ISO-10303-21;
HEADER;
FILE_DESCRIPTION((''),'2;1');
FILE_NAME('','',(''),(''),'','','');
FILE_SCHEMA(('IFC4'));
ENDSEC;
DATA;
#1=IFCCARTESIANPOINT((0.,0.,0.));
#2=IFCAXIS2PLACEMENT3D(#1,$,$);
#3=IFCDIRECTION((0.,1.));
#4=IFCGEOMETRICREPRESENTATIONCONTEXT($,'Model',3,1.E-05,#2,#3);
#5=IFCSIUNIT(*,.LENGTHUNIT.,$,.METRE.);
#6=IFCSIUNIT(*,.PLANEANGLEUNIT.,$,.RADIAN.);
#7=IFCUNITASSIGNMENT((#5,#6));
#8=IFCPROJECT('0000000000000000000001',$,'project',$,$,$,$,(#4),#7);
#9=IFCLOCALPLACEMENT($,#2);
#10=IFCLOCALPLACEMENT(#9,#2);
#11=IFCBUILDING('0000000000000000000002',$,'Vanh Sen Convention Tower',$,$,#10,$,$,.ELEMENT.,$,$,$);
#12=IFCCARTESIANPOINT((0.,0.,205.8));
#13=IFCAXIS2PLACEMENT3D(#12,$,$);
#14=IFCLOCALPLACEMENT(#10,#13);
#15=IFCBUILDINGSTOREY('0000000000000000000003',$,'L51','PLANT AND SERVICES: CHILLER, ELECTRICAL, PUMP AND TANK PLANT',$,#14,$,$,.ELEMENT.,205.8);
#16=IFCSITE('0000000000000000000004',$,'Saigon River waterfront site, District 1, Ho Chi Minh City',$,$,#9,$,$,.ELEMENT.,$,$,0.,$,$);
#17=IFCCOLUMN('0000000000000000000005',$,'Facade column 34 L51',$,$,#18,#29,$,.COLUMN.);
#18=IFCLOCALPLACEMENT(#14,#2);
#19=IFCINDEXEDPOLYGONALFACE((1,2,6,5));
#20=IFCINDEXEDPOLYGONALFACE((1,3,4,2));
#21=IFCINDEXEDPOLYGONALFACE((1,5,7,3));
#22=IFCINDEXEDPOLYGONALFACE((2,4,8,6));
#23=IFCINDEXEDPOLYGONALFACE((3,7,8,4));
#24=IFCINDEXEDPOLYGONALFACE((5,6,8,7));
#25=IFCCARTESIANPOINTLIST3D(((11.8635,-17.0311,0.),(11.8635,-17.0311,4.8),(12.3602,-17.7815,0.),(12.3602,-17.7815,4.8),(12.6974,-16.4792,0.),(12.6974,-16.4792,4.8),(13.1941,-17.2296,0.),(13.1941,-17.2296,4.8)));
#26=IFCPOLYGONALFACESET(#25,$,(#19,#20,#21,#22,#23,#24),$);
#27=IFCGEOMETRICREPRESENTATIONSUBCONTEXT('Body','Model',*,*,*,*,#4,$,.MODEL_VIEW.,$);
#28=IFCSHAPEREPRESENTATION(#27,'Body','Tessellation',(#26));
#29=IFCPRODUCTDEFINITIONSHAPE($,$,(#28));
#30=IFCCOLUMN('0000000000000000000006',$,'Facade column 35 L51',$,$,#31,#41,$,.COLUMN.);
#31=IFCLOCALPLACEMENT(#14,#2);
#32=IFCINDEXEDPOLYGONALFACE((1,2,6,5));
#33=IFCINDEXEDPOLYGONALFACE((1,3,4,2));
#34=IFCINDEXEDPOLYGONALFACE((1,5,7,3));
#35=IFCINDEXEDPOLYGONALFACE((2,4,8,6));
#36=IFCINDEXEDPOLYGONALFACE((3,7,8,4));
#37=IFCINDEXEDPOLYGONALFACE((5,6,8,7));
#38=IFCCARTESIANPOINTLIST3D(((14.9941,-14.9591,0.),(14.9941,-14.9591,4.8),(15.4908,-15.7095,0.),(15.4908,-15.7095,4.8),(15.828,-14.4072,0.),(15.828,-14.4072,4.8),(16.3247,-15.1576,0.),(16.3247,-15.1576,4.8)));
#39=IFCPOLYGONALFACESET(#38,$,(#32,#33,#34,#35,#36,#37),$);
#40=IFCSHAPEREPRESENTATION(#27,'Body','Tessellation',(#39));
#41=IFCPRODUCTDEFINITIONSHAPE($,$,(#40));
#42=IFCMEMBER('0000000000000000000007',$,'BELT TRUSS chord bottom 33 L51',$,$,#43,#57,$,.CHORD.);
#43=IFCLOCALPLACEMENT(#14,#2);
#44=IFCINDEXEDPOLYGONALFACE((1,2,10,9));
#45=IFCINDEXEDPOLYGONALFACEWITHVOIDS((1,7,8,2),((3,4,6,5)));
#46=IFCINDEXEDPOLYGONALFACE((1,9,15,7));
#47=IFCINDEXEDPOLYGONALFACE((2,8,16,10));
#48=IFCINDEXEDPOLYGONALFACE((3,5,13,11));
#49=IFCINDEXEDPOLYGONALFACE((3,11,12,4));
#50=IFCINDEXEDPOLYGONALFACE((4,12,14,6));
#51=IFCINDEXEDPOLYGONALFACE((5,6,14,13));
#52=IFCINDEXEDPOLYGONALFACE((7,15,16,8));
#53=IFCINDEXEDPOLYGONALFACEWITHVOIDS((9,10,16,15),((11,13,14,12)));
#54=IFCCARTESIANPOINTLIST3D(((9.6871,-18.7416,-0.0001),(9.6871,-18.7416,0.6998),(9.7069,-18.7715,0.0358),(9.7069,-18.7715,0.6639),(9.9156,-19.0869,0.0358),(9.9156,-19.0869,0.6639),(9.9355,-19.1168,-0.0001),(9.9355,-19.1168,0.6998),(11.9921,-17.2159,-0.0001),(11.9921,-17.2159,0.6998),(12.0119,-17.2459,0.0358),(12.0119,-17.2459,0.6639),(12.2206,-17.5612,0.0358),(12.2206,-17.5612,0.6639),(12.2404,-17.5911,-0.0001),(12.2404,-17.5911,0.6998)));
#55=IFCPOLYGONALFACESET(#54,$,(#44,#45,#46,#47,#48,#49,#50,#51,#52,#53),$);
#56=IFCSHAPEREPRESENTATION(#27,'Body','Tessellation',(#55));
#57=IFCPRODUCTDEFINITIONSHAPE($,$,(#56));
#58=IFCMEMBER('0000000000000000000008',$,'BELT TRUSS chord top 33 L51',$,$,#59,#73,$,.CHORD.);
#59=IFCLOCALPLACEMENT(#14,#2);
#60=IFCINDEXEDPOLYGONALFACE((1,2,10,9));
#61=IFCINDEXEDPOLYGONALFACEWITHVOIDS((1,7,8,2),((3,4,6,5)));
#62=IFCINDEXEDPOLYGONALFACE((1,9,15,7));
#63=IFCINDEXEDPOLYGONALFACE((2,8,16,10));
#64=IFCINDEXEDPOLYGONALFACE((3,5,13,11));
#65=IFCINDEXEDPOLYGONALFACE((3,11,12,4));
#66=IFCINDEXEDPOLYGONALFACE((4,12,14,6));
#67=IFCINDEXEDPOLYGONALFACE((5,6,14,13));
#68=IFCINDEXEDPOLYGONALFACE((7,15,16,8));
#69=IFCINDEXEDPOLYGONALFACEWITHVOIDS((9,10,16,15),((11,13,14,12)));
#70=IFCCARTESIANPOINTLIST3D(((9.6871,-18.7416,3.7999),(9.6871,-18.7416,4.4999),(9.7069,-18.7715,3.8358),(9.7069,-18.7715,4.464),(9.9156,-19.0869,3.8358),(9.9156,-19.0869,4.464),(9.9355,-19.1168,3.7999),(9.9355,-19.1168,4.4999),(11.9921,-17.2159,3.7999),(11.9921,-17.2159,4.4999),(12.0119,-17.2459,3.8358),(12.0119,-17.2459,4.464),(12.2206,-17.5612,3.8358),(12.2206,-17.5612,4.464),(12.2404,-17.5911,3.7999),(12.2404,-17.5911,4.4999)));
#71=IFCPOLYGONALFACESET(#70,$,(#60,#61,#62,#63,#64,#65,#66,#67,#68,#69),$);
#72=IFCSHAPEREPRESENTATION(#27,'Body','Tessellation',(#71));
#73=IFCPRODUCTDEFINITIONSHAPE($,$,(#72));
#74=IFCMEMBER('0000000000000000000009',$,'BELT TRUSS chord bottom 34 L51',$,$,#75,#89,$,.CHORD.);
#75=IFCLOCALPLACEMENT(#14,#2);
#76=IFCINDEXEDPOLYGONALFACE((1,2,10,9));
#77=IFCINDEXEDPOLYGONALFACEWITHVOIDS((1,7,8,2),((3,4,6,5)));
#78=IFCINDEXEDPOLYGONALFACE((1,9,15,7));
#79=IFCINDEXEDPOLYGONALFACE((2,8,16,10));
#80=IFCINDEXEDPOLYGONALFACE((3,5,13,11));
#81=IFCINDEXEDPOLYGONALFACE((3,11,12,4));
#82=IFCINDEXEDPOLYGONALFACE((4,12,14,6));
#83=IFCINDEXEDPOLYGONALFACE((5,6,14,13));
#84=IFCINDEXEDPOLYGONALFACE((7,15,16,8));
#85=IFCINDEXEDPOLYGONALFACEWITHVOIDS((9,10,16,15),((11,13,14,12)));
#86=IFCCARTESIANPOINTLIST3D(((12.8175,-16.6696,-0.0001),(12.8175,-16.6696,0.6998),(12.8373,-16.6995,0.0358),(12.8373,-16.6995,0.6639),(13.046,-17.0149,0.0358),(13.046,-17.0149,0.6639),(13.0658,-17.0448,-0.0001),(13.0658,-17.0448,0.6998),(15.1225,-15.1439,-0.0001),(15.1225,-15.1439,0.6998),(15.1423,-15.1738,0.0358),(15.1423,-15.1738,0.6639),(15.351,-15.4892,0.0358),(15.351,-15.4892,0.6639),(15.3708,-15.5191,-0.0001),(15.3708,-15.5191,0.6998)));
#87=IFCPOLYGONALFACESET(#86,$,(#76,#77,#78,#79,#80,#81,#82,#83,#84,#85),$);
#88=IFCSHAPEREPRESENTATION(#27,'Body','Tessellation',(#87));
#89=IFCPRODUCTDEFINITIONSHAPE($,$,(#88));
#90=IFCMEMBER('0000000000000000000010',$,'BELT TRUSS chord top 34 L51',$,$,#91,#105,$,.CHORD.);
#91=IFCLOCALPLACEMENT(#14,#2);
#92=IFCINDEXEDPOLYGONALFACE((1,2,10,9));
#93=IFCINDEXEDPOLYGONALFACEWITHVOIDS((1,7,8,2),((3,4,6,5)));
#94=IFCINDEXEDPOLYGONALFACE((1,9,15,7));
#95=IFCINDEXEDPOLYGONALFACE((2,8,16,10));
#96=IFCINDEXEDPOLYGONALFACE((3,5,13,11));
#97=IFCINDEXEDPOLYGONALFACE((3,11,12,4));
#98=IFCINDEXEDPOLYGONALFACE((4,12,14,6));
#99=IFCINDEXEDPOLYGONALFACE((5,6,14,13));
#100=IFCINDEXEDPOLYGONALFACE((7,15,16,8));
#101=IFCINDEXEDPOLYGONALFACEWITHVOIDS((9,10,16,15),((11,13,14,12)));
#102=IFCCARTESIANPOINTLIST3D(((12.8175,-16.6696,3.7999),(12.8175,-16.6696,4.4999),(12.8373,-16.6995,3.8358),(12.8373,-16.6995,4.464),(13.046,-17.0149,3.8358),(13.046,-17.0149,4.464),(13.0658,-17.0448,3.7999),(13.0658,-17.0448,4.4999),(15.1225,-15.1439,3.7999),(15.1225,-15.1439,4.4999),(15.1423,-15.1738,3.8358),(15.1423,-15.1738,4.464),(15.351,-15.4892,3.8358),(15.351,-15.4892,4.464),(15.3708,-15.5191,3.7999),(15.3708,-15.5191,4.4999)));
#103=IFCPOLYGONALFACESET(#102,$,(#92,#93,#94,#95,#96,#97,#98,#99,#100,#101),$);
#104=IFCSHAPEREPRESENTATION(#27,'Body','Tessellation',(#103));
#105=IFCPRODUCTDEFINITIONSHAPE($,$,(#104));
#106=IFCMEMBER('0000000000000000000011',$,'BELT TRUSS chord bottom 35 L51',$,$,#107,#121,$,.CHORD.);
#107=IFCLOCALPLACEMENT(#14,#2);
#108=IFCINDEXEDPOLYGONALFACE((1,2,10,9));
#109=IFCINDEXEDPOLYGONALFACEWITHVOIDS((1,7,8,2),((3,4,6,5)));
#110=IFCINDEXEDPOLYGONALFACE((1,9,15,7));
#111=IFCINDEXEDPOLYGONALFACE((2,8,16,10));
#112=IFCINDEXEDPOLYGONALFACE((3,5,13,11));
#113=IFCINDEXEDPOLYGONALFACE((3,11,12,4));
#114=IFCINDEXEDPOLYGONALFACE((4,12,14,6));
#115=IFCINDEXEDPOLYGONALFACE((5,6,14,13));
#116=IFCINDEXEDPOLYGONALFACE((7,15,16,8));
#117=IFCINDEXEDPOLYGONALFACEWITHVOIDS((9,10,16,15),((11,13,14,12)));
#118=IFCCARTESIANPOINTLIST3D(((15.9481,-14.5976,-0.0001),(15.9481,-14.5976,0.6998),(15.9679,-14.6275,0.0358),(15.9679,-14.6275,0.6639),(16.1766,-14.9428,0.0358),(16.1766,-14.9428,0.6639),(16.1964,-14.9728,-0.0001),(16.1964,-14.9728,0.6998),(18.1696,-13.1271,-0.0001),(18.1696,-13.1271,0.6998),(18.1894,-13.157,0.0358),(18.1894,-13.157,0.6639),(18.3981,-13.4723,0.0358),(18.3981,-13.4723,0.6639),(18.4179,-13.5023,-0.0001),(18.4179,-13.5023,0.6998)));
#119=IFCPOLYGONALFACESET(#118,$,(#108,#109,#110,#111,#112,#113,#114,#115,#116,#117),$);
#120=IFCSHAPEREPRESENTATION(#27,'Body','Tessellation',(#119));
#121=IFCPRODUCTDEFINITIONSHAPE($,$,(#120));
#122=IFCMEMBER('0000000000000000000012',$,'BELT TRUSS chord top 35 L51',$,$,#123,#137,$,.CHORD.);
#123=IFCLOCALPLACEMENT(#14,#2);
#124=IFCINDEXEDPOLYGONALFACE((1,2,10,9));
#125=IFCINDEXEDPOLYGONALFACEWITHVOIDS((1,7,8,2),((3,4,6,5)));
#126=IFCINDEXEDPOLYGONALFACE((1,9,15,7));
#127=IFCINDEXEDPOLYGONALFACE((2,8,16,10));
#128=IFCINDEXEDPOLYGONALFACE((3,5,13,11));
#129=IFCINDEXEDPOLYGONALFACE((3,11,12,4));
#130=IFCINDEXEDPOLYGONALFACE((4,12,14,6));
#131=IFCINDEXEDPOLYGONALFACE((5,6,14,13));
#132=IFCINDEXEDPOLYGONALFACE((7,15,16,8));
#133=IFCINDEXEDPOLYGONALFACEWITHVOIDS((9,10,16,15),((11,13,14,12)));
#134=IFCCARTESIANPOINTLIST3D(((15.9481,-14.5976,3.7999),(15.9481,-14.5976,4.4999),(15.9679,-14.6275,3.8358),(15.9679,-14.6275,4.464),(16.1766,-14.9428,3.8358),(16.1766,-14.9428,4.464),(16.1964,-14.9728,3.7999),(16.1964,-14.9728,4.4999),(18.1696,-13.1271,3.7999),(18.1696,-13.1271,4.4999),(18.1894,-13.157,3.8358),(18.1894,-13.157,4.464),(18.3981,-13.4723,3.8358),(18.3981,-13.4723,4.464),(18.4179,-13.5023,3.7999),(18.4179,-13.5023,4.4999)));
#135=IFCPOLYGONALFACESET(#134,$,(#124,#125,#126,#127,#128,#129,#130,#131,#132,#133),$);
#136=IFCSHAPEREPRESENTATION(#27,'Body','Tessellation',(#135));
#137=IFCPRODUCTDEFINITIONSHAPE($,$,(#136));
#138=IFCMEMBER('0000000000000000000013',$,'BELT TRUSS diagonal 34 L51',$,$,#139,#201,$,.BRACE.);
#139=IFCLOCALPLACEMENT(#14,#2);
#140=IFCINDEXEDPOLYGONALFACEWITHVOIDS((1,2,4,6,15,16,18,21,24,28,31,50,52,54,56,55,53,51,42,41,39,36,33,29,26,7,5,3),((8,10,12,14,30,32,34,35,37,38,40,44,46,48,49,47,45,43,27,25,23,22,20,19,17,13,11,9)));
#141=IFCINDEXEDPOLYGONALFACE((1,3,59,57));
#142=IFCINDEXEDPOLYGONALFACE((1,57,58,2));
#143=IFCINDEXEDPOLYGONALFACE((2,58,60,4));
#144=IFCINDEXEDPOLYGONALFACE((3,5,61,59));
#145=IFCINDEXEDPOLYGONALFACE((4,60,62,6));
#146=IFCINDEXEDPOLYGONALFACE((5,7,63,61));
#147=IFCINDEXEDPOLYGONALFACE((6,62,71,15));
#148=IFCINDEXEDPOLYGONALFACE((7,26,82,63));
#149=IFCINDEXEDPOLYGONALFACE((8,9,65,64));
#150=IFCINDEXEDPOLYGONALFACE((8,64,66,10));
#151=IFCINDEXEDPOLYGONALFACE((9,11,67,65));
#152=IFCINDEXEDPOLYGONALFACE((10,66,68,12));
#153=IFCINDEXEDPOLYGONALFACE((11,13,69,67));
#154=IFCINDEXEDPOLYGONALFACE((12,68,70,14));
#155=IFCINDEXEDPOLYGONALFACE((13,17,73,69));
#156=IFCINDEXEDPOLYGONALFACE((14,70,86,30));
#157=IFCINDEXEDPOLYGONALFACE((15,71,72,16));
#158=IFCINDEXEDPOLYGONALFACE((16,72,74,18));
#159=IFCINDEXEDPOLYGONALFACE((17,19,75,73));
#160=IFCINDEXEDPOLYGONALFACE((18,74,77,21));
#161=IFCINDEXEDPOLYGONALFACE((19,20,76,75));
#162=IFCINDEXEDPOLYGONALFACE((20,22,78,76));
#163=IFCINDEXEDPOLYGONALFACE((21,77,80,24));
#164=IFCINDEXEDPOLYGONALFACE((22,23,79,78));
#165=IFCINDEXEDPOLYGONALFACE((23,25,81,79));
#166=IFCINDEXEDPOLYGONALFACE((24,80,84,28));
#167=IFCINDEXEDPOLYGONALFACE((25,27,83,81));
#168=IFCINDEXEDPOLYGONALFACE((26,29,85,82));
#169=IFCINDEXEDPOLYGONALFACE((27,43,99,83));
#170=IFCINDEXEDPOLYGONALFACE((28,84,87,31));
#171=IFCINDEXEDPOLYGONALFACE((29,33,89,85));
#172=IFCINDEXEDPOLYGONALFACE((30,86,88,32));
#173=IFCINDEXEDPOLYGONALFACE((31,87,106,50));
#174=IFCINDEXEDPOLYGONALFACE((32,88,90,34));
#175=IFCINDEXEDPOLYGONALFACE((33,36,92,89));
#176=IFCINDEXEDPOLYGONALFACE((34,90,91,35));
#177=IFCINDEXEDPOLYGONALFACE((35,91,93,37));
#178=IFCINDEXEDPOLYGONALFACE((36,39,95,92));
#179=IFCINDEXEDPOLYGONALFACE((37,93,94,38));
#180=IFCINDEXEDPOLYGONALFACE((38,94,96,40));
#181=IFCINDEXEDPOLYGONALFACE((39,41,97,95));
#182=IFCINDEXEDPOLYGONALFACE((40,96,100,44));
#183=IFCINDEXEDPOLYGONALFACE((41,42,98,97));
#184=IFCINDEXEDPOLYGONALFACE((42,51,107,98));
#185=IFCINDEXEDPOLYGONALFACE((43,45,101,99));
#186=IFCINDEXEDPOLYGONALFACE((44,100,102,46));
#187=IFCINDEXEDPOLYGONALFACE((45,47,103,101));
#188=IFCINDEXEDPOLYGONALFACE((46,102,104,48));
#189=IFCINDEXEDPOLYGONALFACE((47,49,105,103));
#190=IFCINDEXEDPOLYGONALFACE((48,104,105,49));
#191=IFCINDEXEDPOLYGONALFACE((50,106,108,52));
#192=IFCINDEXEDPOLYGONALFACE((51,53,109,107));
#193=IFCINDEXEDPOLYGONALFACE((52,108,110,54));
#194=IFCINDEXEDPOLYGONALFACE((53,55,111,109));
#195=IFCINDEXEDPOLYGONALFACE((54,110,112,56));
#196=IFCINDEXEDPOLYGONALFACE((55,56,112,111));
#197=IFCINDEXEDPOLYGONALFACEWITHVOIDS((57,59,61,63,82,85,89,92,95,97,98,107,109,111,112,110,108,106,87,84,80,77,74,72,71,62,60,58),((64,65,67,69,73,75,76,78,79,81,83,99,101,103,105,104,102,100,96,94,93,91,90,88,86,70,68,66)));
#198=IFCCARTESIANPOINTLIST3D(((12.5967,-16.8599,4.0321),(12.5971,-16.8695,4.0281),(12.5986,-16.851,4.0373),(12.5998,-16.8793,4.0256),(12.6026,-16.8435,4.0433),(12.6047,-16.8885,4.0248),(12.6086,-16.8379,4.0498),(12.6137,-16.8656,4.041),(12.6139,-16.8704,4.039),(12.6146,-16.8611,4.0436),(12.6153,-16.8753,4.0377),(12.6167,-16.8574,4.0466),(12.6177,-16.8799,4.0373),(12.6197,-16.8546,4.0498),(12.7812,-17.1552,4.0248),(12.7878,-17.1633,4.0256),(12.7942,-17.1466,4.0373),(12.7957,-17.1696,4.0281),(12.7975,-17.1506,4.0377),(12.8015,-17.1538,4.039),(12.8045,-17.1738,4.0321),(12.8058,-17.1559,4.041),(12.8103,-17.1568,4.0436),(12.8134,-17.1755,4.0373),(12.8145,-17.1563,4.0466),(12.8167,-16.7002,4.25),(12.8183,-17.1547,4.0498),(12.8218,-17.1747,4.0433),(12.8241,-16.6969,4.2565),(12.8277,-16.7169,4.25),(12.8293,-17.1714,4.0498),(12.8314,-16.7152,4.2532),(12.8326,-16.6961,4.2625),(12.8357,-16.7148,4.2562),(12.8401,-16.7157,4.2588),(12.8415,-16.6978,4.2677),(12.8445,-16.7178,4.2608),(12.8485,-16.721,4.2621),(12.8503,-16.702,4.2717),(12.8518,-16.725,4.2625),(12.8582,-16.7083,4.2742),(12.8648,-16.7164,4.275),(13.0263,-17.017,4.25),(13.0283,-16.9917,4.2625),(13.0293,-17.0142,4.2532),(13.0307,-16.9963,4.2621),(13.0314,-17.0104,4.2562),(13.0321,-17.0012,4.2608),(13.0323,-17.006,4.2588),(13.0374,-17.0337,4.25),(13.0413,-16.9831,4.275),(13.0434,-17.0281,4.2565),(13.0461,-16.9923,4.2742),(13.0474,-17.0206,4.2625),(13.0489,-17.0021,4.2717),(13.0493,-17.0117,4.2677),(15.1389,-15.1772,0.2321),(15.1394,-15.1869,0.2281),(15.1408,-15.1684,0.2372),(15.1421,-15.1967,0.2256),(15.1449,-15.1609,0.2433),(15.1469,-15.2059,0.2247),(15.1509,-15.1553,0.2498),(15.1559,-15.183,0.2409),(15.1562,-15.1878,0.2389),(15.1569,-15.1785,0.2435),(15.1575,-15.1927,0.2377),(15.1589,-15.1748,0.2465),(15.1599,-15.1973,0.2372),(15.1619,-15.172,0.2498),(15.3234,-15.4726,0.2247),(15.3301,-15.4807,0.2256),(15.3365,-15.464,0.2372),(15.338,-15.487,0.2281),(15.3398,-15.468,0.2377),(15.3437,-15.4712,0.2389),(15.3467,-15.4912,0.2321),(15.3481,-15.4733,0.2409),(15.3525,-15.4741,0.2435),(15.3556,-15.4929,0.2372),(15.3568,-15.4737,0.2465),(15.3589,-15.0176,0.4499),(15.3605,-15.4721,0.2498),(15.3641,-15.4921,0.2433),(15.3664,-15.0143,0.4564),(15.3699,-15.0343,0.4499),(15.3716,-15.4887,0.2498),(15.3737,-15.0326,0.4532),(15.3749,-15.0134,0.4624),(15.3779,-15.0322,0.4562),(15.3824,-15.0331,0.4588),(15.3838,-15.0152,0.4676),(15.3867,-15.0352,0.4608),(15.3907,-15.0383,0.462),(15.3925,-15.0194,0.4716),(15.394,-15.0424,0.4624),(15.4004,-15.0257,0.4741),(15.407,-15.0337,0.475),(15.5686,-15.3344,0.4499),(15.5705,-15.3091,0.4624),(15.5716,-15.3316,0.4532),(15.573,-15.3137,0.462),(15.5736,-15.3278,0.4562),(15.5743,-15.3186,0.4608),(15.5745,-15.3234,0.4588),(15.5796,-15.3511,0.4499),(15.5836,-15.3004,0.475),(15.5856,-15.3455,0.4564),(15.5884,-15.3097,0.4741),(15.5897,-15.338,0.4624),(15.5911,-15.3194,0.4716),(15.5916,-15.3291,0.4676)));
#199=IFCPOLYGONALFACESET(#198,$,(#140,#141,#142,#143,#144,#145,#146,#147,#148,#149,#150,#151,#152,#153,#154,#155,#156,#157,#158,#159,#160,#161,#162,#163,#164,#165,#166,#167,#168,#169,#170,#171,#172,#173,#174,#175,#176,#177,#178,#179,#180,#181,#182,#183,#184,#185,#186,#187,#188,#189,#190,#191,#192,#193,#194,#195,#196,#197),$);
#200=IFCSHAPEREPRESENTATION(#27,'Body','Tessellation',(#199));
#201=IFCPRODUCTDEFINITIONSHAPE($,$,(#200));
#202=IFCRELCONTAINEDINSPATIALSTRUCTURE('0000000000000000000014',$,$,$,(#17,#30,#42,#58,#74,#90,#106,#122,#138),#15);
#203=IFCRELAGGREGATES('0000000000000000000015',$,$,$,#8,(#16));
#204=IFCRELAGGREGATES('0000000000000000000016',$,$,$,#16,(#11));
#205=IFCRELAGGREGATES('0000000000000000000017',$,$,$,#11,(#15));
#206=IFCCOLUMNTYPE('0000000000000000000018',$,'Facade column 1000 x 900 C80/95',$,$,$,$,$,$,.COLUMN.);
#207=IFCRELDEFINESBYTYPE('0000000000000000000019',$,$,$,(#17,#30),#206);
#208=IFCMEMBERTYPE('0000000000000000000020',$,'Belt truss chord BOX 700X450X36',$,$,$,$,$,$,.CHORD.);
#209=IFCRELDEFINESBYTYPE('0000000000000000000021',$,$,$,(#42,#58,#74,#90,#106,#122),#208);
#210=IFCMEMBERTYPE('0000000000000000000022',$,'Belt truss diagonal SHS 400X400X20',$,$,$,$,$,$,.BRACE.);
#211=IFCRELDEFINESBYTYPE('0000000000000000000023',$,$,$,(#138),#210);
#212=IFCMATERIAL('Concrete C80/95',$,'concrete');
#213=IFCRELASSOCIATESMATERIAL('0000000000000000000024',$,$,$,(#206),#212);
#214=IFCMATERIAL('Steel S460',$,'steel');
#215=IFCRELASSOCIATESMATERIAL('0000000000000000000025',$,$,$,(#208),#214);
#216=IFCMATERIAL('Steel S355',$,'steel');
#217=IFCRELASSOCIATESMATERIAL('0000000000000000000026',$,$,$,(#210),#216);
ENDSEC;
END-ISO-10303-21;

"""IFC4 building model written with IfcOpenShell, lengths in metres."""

from ifc_helpers import new_model, si_unit, direction, frame, origin, origin_2d, place, context, subcontext, project, spatial, rectangle, hollow_rectangle, extrude, material, material_profile, profile_set, type_object, element, save


model = new_model("IFC4")

# Units and contexts
model_context = context("Model", 3, precision=1e-05, world=origin(), true_north=direction((0.0, 1.0)))
body_context = subcontext(model_context, "Body", "Model", "MODEL_VIEW")
ifc_project = project(units=[si_unit("LENGTHUNIT", "METRE"), si_unit("PLANEANGLEUNIT", "RADIAN")], contexts=[model_context])

# Site, building, storey
site_placement = place(None, origin())
site = spatial("IfcSite", under=ifc_project, at=site_placement, Name="Saigon River waterfront site, District 1, Ho Chi Minh City", CompositionType="ELEMENT", RefElevation=0.0)
building_placement = place(site_placement, origin())
building = spatial("IfcBuilding", under=site, at=building_placement, Name="Vanh Sen Convention Tower", CompositionType="ELEMENT")
storey_placement = place(building_placement, frame((0.0, 0.0, 205.8)))
storey = spatial("IfcBuildingStorey", under=building, at=storey_placement, Name="L51", Description="PLANT AND SERVICES: CHILLER, ELECTRICAL, PUMP AND TANK PLANT", CompositionType="ELEMENT", Elevation=205.8)

# Columns
ifc_material_1 = material(Name="Concrete C80/95", Category="concrete")
ifc_material_profile_1 = material_profile(ifc_material_1, rectangle(XDim=1.0, YDim=0.8999, at=origin_2d()), Name="RC 1000X900")
ifc_profile_set_1 = profile_set([ifc_material_profile_1], Name="Concrete C80/95")
column_type = type_object("IfcColumnType", Name="Facade column 1000 x 900 C80/95", PredefinedType="COLUMN", material=ifc_profile_set_1)
for number, where, z_axis, x_axis, name in (
    (1, (12.5288, -17.1304, 0.0), (0.0, 0.0, 1.0), (0.833886, 0.551937, 0.0), "Facade column 34 L51"),
    (2, (15.6594, -15.0583, 0.0), (0.0, 0.0, 1.0), (0.833886, 0.551937, 0.0), "Facade column 35 L51"),
):
    element("IfcColumn", number, at=place(storey_placement, frame(where, z_axis=z_axis, x_axis=x_axis)), inside=storey, type_object=column_type, Name=name, PredefinedType="COLUMN", context=body_context, shape_type="SweptSolid", body=[
        extrude(rectangle(XDim=1.0, YDim=0.8999, at=origin_2d()), origin(), (0.0, 0.0, 1.0), 4.8),
    ])

# Members
ifc_material_2 = material(Name="Steel S460", Category="steel")
ifc_material_profile_2 = material_profile(ifc_material_2, hollow_rectangle(XDim=0.45, YDim=0.7, WallThickness=0.0359, at=origin_2d()), Name="BOX 700X450X36")
ifc_profile_set_2 = profile_set([ifc_material_profile_2], Name="Steel S460")
member_type_1 = type_object("IfcMemberType", Name="Belt truss chord BOX 700X450X36", PredefinedType="CHORD", material=ifc_profile_set_2)
for number, where, z_axis, x_axis, name in (
    (3, (9.8113, -18.9292, 0.3499), (0.83388, 0.551945, 0.0), (-0.551945, 0.83388, 0.0), "BELT TRUSS chord bottom 33 L51"),
    (4, (9.8113, -18.9292, 4.1499), (0.83388, 0.551945, 0.0), (-0.551945, 0.83388, 0.0), "BELT TRUSS chord top 33 L51"),
    (5, (12.9417, -16.8572, 0.3499), (0.83388, 0.551945, 0.0), (-0.551945, 0.83388, 0.0), "BELT TRUSS chord bottom 34 L51"),
    (6, (12.9417, -16.8572, 4.1499), (0.83388, 0.551945, 0.0), (-0.551945, 0.83388, 0.0), "BELT TRUSS chord top 34 L51"),
):
    element("IfcMember", number, at=place(storey_placement, frame(where, z_axis=z_axis, x_axis=x_axis)), inside=storey, type_object=member_type_1, Name=name, PredefinedType="CHORD", context=body_context, shape_type="SweptSolid", body=[
        extrude(hollow_rectangle(XDim=0.45, YDim=0.7, WallThickness=0.0359, at=origin_2d()), origin(), (0.0, 0.0, 1.0), 2.7642),
    ])
for number, where, z_axis, x_axis, name in (
    (7, (16.0723, -14.7852, 0.3499), (0.833865, 0.551969, 0.0), (-0.551969, 0.833865, 0.0), "BELT TRUSS chord bottom 35 L51"),
    (8, (16.0723, -14.7852, 4.1499), (0.833865, 0.551969, 0.0), (-0.551969, 0.833865, 0.0), "BELT TRUSS chord top 35 L51"),
):
    element("IfcMember", number, at=place(storey_placement, frame(where, z_axis=z_axis, x_axis=x_axis)), inside=storey, type_object=member_type_1, Name=name, PredefinedType="CHORD", context=body_context, shape_type="SweptSolid", body=[
        extrude(hollow_rectangle(XDim=0.45, YDim=0.7, WallThickness=0.0359, at=origin_2d()), origin(), (0.0, 0.0, 1.0), 2.6641),
    ])
ifc_material_3 = material(Name="Steel S355", Category="steel")
ifc_material_profile_3 = material_profile(ifc_material_3, hollow_rectangle(XDim=0.3999, YDim=0.3999, WallThickness=0.02, InnerFilletRadius=0.02, OuterFilletRadius=0.04, at=origin_2d()), Name="SHS 400X400X20")
ifc_profile_set_3 = profile_set([ifc_material_profile_3], Name="Steel S355")
member_type_2 = type_object("IfcMemberType", Name="Belt truss diagonal SHS 400X400X20", PredefinedType="BRACE", material=ifc_profile_set_3)
member_1_placement = place(storey_placement, frame((12.823, -16.9358, 4.1499), z_axis=(0.521826, 0.345378, -0.780008), x_axis=(-0.551925, 0.833894, 0.0)))
element("IfcMember", 9, at=member_1_placement, inside=storey, type_object=member_type_2, Name="BELT TRUSS diagonal 34 L51", PredefinedType="BRACE", context=body_context, shape_type="SweptSolid", body=[
    extrude(hollow_rectangle(XDim=0.3999, YDim=0.3999, WallThickness=0.02, InnerFilletRadius=0.02, OuterFilletRadius=0.04, at=origin_2d()), origin(), (0.0, 0.0, 1.0), 4.8718),
])

save(model, "model.ifc")
